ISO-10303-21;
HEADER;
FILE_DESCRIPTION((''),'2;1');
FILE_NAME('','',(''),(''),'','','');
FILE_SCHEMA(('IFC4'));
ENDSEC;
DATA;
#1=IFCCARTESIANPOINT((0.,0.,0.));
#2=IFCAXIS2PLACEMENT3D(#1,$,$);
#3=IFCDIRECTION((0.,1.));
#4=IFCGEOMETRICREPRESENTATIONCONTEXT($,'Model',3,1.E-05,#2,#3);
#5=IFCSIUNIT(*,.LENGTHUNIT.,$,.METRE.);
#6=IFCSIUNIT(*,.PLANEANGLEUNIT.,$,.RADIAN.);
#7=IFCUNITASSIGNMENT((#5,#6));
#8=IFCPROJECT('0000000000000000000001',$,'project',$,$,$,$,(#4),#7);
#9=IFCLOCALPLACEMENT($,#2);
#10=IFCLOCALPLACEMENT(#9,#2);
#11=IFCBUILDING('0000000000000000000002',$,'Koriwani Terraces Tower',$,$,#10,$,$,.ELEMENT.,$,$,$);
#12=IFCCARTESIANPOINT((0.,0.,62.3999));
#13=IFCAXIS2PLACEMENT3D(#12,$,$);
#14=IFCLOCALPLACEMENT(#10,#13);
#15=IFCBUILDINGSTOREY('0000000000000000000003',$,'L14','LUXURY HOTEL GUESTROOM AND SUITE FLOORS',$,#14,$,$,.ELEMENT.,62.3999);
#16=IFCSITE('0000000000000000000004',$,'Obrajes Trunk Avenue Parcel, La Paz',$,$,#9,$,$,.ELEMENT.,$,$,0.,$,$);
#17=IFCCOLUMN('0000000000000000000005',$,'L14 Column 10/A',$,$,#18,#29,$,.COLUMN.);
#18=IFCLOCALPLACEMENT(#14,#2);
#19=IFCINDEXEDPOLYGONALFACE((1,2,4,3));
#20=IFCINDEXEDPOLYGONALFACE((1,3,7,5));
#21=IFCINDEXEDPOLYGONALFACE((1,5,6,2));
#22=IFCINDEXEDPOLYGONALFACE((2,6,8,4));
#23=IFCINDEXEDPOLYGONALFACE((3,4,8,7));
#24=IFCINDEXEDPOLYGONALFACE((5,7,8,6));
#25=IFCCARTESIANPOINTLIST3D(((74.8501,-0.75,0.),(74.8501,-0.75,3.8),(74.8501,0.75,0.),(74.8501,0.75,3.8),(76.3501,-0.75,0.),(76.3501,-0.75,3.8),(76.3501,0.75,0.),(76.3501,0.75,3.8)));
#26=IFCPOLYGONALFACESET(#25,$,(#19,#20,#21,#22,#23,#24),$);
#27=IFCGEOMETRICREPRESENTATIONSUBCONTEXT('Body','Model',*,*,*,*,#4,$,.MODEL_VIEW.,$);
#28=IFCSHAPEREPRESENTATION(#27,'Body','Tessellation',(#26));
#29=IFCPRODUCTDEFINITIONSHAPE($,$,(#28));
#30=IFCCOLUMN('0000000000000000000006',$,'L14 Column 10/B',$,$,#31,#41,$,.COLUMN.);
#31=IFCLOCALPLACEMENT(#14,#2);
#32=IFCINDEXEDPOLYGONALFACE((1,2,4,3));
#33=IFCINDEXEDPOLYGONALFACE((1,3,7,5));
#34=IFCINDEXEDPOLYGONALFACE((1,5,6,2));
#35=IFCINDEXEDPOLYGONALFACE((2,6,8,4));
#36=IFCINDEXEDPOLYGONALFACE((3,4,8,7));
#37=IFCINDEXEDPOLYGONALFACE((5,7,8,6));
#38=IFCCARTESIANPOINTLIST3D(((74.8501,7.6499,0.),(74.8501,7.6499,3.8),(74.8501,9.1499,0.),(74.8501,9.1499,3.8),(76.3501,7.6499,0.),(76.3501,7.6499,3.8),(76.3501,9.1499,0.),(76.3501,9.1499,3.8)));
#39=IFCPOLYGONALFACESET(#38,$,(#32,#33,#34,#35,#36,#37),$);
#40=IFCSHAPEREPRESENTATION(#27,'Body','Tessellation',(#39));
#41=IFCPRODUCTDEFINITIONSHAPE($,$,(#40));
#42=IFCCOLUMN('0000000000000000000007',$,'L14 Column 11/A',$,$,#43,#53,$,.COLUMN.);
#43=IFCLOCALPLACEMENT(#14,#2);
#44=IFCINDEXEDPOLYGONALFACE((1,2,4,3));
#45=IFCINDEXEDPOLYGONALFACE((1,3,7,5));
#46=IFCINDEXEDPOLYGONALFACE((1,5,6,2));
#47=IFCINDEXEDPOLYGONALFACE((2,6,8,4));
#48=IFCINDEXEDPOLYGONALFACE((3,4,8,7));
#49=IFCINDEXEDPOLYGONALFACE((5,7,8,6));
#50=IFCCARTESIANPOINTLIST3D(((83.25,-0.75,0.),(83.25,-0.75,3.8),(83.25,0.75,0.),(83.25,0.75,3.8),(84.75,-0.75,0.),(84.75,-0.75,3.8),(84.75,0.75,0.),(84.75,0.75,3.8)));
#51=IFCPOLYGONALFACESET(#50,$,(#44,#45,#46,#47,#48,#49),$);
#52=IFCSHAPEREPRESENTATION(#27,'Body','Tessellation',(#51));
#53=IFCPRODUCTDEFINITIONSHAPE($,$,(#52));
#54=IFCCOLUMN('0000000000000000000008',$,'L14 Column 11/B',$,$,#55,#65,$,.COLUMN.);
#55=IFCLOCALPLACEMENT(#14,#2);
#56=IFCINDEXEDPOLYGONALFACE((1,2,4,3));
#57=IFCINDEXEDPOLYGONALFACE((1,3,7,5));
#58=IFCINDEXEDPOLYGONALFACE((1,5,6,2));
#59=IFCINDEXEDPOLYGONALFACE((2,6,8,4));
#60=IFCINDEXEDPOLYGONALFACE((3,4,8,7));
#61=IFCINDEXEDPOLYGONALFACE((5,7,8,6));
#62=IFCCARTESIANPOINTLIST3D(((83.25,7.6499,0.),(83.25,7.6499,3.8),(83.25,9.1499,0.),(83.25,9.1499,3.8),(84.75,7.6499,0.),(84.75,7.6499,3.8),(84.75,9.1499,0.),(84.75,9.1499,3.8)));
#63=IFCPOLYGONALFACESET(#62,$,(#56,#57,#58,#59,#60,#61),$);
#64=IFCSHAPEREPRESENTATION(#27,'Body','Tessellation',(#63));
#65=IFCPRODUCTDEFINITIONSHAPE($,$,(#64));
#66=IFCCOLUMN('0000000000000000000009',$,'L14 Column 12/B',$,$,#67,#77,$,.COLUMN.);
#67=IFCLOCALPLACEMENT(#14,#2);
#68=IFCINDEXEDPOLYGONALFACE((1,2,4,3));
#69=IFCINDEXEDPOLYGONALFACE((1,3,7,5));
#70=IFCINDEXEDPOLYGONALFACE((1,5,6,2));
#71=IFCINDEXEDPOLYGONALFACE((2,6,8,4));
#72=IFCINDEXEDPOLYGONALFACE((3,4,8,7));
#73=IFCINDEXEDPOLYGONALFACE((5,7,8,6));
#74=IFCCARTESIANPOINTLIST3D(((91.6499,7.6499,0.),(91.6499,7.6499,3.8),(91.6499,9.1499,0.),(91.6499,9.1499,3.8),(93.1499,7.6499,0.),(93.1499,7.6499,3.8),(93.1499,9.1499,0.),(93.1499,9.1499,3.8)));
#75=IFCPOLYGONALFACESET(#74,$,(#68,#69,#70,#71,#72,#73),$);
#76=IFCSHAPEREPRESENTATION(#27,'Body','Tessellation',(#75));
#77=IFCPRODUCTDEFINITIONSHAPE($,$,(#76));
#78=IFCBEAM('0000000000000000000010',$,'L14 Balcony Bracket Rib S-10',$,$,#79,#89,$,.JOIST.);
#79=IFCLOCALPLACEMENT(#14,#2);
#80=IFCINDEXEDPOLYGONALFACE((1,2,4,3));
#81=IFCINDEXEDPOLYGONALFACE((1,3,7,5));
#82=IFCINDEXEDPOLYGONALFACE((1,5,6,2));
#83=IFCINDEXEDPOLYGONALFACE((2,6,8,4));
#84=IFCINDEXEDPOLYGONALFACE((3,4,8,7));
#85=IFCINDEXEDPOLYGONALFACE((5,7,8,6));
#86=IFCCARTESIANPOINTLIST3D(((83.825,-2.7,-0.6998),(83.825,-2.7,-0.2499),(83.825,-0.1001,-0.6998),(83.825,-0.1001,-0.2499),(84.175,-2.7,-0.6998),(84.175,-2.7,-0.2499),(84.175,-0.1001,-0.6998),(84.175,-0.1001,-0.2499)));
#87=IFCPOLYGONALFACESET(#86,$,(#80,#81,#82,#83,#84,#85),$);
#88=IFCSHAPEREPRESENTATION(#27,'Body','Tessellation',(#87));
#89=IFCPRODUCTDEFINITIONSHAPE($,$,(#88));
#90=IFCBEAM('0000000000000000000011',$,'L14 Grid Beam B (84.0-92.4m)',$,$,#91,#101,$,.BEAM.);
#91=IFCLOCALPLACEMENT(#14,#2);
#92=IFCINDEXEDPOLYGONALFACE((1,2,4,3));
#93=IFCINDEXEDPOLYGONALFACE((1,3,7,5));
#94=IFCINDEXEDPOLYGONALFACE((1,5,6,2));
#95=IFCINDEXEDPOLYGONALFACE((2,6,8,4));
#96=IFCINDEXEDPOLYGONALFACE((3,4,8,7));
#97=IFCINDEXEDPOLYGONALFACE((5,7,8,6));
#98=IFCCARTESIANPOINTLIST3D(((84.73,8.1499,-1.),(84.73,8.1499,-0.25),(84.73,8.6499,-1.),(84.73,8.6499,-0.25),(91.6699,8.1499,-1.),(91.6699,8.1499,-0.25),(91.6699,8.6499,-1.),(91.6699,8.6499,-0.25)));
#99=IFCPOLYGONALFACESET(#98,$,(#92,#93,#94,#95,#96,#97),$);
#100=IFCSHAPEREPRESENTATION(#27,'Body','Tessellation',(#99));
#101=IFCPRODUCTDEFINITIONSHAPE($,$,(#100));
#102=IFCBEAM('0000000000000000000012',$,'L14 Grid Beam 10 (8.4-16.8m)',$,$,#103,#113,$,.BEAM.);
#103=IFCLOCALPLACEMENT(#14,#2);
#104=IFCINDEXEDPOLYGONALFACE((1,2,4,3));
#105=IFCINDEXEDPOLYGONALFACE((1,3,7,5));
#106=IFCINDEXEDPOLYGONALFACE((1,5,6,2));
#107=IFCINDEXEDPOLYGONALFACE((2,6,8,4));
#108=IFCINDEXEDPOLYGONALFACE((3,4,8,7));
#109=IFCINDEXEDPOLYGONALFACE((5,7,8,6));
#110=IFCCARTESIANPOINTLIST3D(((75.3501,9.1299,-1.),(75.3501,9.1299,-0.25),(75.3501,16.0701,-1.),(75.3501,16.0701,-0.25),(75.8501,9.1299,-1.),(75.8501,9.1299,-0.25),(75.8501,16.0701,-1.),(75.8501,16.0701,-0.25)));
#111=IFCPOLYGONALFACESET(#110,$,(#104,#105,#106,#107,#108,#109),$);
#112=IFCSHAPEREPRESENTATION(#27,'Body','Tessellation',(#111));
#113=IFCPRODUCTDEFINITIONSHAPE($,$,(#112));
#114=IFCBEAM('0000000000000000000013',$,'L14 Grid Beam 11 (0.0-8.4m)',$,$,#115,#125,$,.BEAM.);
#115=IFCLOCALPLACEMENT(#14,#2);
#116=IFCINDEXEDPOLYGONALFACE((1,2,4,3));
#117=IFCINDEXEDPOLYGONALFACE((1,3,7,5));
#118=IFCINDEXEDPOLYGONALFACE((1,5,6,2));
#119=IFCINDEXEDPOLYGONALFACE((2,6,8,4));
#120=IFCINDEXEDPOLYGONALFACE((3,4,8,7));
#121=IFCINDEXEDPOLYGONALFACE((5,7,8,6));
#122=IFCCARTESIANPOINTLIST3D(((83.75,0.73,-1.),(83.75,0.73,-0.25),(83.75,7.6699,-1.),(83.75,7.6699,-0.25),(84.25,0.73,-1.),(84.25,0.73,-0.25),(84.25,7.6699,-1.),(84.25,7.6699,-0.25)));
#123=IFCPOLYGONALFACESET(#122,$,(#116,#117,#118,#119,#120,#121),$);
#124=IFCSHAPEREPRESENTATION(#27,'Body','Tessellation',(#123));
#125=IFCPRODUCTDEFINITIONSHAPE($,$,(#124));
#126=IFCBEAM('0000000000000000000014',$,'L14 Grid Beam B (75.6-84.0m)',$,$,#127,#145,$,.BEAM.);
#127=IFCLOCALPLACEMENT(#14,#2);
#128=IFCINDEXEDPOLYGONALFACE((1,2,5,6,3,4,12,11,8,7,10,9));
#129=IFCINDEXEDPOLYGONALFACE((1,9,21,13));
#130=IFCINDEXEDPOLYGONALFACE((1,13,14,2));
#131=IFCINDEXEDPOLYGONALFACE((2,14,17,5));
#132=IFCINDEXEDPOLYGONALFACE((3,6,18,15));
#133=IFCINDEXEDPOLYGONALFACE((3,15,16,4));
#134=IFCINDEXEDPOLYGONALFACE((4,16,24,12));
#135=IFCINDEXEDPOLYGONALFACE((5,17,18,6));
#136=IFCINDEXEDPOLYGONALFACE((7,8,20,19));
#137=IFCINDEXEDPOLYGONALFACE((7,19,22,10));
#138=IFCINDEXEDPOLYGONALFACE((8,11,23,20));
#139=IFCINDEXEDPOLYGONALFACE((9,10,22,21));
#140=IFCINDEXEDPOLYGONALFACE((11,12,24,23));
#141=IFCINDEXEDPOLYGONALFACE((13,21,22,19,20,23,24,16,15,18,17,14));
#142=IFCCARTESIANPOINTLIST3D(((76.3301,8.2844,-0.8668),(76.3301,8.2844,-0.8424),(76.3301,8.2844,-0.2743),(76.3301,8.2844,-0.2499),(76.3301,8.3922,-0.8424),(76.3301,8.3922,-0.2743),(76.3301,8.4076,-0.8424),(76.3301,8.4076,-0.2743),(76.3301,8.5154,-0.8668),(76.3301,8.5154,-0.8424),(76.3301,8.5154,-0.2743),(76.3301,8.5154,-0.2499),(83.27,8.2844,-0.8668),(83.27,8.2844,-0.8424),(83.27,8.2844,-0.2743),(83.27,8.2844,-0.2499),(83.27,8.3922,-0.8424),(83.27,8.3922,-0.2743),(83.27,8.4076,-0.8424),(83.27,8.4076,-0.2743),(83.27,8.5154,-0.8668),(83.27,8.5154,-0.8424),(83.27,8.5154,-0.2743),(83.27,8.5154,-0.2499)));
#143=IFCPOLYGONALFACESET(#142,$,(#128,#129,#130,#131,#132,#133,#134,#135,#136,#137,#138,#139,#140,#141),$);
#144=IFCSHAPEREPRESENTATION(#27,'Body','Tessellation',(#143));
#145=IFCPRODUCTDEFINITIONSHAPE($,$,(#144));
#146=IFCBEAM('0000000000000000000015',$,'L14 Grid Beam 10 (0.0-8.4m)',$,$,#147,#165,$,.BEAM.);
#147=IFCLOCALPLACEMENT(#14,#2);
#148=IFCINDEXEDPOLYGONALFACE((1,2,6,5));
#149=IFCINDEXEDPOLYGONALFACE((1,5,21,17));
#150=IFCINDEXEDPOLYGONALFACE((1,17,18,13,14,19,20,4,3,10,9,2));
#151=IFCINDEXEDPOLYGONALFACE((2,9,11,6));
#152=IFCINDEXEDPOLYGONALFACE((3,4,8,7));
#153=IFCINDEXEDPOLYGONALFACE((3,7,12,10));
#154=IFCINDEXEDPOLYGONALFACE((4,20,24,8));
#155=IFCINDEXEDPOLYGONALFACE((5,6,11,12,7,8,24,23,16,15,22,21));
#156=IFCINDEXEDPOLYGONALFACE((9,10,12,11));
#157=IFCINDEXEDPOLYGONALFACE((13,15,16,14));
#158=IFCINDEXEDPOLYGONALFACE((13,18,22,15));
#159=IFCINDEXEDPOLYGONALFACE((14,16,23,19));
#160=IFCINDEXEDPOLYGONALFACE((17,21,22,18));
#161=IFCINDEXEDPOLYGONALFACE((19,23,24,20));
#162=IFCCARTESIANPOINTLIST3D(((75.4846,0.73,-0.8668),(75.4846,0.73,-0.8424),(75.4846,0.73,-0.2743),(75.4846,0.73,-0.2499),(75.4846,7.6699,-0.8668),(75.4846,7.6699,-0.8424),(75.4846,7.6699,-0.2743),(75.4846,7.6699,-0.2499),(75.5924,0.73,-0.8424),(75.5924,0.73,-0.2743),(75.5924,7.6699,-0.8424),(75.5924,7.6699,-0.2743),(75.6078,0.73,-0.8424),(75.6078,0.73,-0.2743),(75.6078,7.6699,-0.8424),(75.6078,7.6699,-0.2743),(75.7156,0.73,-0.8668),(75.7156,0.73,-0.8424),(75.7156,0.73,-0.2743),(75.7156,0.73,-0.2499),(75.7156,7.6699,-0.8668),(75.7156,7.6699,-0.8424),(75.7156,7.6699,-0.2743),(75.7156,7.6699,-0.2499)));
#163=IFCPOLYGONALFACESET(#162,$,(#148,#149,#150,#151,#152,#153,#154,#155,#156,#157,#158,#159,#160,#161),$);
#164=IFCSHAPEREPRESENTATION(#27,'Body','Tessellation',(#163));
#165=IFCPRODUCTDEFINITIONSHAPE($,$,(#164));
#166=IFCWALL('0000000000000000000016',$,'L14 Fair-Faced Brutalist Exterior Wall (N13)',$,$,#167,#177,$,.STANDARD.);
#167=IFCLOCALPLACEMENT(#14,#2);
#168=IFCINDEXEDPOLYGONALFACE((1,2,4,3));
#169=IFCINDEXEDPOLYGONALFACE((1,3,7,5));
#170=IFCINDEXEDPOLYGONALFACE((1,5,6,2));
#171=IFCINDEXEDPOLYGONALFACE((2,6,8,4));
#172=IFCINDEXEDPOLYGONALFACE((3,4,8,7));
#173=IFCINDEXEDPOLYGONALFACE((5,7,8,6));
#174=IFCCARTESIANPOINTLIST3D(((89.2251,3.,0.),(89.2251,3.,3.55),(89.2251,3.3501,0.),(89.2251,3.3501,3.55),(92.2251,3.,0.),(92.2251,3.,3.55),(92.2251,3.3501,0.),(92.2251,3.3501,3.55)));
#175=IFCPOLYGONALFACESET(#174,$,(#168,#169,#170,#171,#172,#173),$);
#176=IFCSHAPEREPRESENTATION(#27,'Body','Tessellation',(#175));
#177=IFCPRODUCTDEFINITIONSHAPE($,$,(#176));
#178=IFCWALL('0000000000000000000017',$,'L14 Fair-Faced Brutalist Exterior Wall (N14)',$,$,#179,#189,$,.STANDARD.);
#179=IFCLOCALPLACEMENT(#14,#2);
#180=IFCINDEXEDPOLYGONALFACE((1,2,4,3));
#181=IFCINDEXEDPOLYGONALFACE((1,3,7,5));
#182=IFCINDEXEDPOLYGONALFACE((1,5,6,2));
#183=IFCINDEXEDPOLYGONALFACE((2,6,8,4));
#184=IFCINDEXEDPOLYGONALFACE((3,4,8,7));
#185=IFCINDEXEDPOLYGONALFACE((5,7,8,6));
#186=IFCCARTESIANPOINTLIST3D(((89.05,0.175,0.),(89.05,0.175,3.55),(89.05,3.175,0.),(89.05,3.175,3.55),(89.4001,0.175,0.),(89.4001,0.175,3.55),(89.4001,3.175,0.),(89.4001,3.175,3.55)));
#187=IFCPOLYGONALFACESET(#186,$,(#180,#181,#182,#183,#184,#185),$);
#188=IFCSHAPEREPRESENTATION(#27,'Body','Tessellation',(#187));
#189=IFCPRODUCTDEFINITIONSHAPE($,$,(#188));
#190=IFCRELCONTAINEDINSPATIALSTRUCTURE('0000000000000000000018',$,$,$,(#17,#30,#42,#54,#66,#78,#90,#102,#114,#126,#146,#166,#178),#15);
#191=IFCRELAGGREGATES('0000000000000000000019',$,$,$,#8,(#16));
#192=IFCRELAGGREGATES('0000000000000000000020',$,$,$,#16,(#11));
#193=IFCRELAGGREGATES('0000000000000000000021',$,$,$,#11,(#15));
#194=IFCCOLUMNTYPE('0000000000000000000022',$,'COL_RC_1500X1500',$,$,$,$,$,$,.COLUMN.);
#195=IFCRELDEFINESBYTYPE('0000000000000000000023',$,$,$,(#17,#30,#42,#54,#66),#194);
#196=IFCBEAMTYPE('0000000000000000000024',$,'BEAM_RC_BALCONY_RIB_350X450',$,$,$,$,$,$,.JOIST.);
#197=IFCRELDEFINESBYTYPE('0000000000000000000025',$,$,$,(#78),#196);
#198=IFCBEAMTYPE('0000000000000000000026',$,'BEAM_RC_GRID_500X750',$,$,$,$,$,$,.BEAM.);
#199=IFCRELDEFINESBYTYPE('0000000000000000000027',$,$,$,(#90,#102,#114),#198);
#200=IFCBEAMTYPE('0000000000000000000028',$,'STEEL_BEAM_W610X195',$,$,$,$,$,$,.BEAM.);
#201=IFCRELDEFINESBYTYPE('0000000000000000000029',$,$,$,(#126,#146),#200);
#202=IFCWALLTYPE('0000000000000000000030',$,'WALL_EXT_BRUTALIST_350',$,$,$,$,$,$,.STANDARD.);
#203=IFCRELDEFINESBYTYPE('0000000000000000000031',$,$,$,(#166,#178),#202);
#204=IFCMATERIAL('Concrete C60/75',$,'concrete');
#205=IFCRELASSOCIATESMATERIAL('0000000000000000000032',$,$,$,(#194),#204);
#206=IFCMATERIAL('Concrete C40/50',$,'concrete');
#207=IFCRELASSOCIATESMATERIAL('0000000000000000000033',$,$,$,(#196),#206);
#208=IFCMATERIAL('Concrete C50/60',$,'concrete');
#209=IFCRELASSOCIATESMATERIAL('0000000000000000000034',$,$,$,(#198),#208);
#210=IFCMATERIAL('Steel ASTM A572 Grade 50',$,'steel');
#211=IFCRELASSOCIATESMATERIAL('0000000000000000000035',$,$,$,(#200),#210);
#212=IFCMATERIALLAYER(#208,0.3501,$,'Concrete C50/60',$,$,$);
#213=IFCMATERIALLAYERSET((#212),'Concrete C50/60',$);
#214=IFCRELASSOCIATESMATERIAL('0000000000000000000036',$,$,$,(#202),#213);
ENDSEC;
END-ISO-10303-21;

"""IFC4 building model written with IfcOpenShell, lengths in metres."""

from ifc_helpers import new_model, si_unit, direction, frame, frame_2d, origin, origin_2d, place, context, subcontext, project, spatial, rectangle, i_section, extrude, material, layer, layer_set, material_profile, profile_set, type_object, element, save


model = new_model("IFC4")

# Units and contexts
model_context = context("Model", 3, precision=1e-05, world=origin(), true_north=direction((0.0, 1.0)))
body_context = subcontext(model_context, "Body", "Model", "MODEL_VIEW")
ifc_project = project(units=[si_unit("LENGTHUNIT", "METRE"), si_unit("PLANEANGLEUNIT", "RADIAN")], contexts=[model_context])

# Site, building, storey
site_placement = place(None, origin())
site = spatial("IfcSite", under=ifc_project, at=site_placement, Name="Obrajes Trunk Avenue Parcel, La Paz", CompositionType="ELEMENT", RefElevation=0.0)
building_placement = place(site_placement, origin())
building = spatial("IfcBuilding", under=site, at=building_placement, Name="Koriwani Terraces Tower", CompositionType="ELEMENT")
storey_placement = place(building_placement, frame((0.0, 0.0, 62.3999)))
storey = spatial("IfcBuildingStorey", under=building, at=storey_placement, Name="L14", Description="LUXURY HOTEL GUESTROOM AND SUITE FLOORS", CompositionType="ELEMENT", Elevation=62.3999)

# Columns
ifc_material_1 = material(Name="Concrete C60/75", Category="concrete")
ifc_material_profile_1 = material_profile(ifc_material_1, rectangle(XDim=1.5, YDim=1.5, at=origin_2d()), Name="Concrete C60/75", Category="LoadBearing")
ifc_profile_set_1 = profile_set([ifc_material_profile_1], Name="Concrete C60/75")
column_type = type_object("IfcColumnType", Name="COL_RC_1500X1500", PredefinedType="COLUMN", material=ifc_profile_set_1)
for number, where, z_axis, x_axis, name in (
    (1, (75.6001, 0.0, 0.0), (0.0, 0.0, 1.0), (1.0, 0.0, 0.0), "L14 Column 10/A"),
    (2, (75.6001, 8.3999, 0.0), (0.0, 0.0, 1.0), (1.0, 0.0, 0.0), "L14 Column 10/B"),
    (3, (84.0, 0.0, 0.0), (0.0, 0.0, 1.0), (1.0, 0.0, 0.0), "L14 Column 11/A"),
    (4, (84.0, 8.3999, 0.0), (0.0, 0.0, 1.0), (1.0, 0.0, 0.0), "L14 Column 11/B"),
    (5, (92.3999, 8.3999, 0.0), (0.0, 0.0, 1.0), (1.0, 0.0, 0.0), "L14 Column 12/B"),
):
    element("IfcColumn", number, at=place(storey_placement, frame(where, z_axis=z_axis, x_axis=x_axis)), inside=storey, type_object=column_type, Name=name, PredefinedType="COLUMN", context=body_context, shape_type="SweptSolid", body=[
        extrude(rectangle(XDim=1.5, YDim=1.5, at=origin_2d()), origin(), (0.0, 0.0, 1.0), 3.8),
    ])

# Beams
ifc_material_2 = material(Name="Concrete C40/50", Category="concrete")
ifc_material_profile_2 = material_profile(ifc_material_2, rectangle(XDim=0.3501, YDim=0.45, at=origin_2d()), Name="Concrete C40/50", Category="LoadBearing")
ifc_profile_set_2 = profile_set([ifc_material_profile_2], Name="Concrete C40/50")
beam_type_1 = type_object("IfcBeamType", Name="BEAM_RC_BALCONY_RIB_350X450", PredefinedType="JOIST", material=ifc_profile_set_2)
beam_1_placement = place(storey_placement, frame((84.0, -2.7, -0.4749), z_axis=(0.0, 1.0, 0.0), x_axis=(-1.0, 0.0, 0.0)))
element("IfcBeam", 6, at=beam_1_placement, inside=storey, type_object=beam_type_1, Name="L14 Balcony Bracket Rib S-10", PredefinedType="JOIST", context=body_context, shape_type="SweptSolid", body=[
    extrude(rectangle(XDim=0.3501, YDim=0.45, at=origin_2d()), origin(), (0.0, 0.0, 1.0), 2.5999),
])
ifc_material_3 = material(Name="Concrete C50/60", Category="concrete")
ifc_material_profile_3 = material_profile(ifc_material_3, rectangle(XDim=0.5, YDim=0.75, at=origin_2d()), Name="Concrete C50/60", Category="LoadBearing")
ifc_profile_set_3 = profile_set([ifc_material_profile_3], Name="Concrete C50/60")
beam_type_2 = type_object("IfcBeamType", Name="BEAM_RC_GRID_500X750", PredefinedType="BEAM", material=ifc_profile_set_3)
beam_2_placement = place(storey_placement, frame((84.73, 8.3999, -0.625), z_axis=(1.0, 0.0, 0.0), x_axis=(0.0, 1.0, 0.0)))
element("IfcBeam", 7, at=beam_2_placement, inside=storey, type_object=beam_type_2, Name="L14 Grid Beam B (84.0-92.4m)", PredefinedType="BEAM", context=body_context, shape_type="SweptSolid", body=[
    extrude(rectangle(XDim=0.5, YDim=0.75, at=origin_2d()), origin(), (0.0, 0.0, 1.0), 6.9399),
])
beam_3_placement = place(storey_placement, frame((75.6001, 9.1299, -0.625), z_axis=(0.0, 1.0, 0.0), x_axis=(-1.0, 0.0, 0.0)))
element("IfcBeam", 8, at=beam_3_placement, inside=storey, type_object=beam_type_2, Name="L14 Grid Beam 10 (8.4-16.8m)", PredefinedType="BEAM", context=body_context, shape_type="SweptSolid", body=[
    extrude(rectangle(XDim=0.5, YDim=0.75, at=origin_2d()), origin(), (0.0, 0.0, 1.0), 6.9402),
])
beam_4_placement = place(storey_placement, frame((84.0, 0.73, -0.625), z_axis=(0.0, 1.0, 0.0), x_axis=(-1.0, 0.0, 0.0)))
element("IfcBeam", 9, at=beam_4_placement, inside=storey, type_object=beam_type_2, Name="L14 Grid Beam 11 (0.0-8.4m)", PredefinedType="BEAM", context=body_context, shape_type="SweptSolid", body=[
    extrude(rectangle(XDim=0.5, YDim=0.75, at=origin_2d()), origin(), (0.0, 0.0, 1.0), 6.9399),
])
ifc_material_4 = material(Name="Steel ASTM A572 Grade 50", Category="steel")
ifc_material_profile_4 = material_profile(ifc_material_4, i_section(OverallWidth=0.231, OverallDepth=0.6169, WebThickness=0.0154, FlangeThickness=0.0244, at=origin_2d()), Name="Steel ASTM A572 Grade 50", Category="LoadBearing")
ifc_profile_set_4 = profile_set([ifc_material_profile_4], Name="Steel ASTM A572 Grade 50")
beam_type_3 = type_object("IfcBeamType", Name="STEEL_BEAM_W610X195", PredefinedType="BEAM", material=ifc_profile_set_4)
for number, where, z_axis, x_axis, name in (
    (10, (76.3301, 8.3999, -0.5583), (1.0, 0.0, 0.0), (0.0, 1.0, 0.0), "L14 Grid Beam B (75.6-84.0m)"),
    (11, (75.6001, 0.73, -0.5583), (0.0, 1.0, 0.0), (-1.0, 0.0, 0.0), "L14 Grid Beam 10 (0.0-8.4m)"),
):
    element("IfcBeam", number, at=place(storey_placement, frame(where, z_axis=z_axis, x_axis=x_axis)), inside=storey, type_object=beam_type_3, Name=name, PredefinedType="BEAM", context=body_context, shape_type="SweptSolid", body=[
        extrude(i_section(OverallWidth=0.231, OverallDepth=0.6169, WebThickness=0.0154, FlangeThickness=0.0244, at=origin_2d()), origin(), (0.0, 0.0, 1.0), 6.9399),
    ])

# Walls
ifc_layer_1 = layer(ifc_material_3, 0.3501, Name="Concrete C50/60")
ifc_layer_set_1 = layer_set([ifc_layer_1], Name="Concrete C50/60")
wall_type_1 = type_object("IfcWallType", Name="WALL_EXT_BRUTALIST_350", PredefinedType="STANDARD", material=ifc_layer_set_1)
for number, where, z_axis, x_axis, name in (
    (12, (92.2251, 3.175, 0.0), (0.0, 0.0, 1.0), (-1.0, 0.0, 0.0), "L14 Fair-Faced Brutalist Exterior Wall (N13)"),
    (13, (89.2251, 3.175, 0.0), (0.0, 0.0, 1.0), (0.0, -1.0, 0.0), "L14 Fair-Faced Brutalist Exterior Wall (N14)"),
):
    element("IfcWall", number, at=place(storey_placement, frame(where, z_axis=z_axis, x_axis=x_axis)), inside=storey, type_object=wall_type_1, Name=name, PredefinedType="STANDARD", context=body_context, shape_type="SweptSolid", body=[
        extrude(rectangle(XDim=3.0, YDim=0.3501, at=frame_2d((1.5, 0.0))), origin(), (0.0, 0.0, 1.0), 3.55),
    ])

save(model, "model.ifc")
